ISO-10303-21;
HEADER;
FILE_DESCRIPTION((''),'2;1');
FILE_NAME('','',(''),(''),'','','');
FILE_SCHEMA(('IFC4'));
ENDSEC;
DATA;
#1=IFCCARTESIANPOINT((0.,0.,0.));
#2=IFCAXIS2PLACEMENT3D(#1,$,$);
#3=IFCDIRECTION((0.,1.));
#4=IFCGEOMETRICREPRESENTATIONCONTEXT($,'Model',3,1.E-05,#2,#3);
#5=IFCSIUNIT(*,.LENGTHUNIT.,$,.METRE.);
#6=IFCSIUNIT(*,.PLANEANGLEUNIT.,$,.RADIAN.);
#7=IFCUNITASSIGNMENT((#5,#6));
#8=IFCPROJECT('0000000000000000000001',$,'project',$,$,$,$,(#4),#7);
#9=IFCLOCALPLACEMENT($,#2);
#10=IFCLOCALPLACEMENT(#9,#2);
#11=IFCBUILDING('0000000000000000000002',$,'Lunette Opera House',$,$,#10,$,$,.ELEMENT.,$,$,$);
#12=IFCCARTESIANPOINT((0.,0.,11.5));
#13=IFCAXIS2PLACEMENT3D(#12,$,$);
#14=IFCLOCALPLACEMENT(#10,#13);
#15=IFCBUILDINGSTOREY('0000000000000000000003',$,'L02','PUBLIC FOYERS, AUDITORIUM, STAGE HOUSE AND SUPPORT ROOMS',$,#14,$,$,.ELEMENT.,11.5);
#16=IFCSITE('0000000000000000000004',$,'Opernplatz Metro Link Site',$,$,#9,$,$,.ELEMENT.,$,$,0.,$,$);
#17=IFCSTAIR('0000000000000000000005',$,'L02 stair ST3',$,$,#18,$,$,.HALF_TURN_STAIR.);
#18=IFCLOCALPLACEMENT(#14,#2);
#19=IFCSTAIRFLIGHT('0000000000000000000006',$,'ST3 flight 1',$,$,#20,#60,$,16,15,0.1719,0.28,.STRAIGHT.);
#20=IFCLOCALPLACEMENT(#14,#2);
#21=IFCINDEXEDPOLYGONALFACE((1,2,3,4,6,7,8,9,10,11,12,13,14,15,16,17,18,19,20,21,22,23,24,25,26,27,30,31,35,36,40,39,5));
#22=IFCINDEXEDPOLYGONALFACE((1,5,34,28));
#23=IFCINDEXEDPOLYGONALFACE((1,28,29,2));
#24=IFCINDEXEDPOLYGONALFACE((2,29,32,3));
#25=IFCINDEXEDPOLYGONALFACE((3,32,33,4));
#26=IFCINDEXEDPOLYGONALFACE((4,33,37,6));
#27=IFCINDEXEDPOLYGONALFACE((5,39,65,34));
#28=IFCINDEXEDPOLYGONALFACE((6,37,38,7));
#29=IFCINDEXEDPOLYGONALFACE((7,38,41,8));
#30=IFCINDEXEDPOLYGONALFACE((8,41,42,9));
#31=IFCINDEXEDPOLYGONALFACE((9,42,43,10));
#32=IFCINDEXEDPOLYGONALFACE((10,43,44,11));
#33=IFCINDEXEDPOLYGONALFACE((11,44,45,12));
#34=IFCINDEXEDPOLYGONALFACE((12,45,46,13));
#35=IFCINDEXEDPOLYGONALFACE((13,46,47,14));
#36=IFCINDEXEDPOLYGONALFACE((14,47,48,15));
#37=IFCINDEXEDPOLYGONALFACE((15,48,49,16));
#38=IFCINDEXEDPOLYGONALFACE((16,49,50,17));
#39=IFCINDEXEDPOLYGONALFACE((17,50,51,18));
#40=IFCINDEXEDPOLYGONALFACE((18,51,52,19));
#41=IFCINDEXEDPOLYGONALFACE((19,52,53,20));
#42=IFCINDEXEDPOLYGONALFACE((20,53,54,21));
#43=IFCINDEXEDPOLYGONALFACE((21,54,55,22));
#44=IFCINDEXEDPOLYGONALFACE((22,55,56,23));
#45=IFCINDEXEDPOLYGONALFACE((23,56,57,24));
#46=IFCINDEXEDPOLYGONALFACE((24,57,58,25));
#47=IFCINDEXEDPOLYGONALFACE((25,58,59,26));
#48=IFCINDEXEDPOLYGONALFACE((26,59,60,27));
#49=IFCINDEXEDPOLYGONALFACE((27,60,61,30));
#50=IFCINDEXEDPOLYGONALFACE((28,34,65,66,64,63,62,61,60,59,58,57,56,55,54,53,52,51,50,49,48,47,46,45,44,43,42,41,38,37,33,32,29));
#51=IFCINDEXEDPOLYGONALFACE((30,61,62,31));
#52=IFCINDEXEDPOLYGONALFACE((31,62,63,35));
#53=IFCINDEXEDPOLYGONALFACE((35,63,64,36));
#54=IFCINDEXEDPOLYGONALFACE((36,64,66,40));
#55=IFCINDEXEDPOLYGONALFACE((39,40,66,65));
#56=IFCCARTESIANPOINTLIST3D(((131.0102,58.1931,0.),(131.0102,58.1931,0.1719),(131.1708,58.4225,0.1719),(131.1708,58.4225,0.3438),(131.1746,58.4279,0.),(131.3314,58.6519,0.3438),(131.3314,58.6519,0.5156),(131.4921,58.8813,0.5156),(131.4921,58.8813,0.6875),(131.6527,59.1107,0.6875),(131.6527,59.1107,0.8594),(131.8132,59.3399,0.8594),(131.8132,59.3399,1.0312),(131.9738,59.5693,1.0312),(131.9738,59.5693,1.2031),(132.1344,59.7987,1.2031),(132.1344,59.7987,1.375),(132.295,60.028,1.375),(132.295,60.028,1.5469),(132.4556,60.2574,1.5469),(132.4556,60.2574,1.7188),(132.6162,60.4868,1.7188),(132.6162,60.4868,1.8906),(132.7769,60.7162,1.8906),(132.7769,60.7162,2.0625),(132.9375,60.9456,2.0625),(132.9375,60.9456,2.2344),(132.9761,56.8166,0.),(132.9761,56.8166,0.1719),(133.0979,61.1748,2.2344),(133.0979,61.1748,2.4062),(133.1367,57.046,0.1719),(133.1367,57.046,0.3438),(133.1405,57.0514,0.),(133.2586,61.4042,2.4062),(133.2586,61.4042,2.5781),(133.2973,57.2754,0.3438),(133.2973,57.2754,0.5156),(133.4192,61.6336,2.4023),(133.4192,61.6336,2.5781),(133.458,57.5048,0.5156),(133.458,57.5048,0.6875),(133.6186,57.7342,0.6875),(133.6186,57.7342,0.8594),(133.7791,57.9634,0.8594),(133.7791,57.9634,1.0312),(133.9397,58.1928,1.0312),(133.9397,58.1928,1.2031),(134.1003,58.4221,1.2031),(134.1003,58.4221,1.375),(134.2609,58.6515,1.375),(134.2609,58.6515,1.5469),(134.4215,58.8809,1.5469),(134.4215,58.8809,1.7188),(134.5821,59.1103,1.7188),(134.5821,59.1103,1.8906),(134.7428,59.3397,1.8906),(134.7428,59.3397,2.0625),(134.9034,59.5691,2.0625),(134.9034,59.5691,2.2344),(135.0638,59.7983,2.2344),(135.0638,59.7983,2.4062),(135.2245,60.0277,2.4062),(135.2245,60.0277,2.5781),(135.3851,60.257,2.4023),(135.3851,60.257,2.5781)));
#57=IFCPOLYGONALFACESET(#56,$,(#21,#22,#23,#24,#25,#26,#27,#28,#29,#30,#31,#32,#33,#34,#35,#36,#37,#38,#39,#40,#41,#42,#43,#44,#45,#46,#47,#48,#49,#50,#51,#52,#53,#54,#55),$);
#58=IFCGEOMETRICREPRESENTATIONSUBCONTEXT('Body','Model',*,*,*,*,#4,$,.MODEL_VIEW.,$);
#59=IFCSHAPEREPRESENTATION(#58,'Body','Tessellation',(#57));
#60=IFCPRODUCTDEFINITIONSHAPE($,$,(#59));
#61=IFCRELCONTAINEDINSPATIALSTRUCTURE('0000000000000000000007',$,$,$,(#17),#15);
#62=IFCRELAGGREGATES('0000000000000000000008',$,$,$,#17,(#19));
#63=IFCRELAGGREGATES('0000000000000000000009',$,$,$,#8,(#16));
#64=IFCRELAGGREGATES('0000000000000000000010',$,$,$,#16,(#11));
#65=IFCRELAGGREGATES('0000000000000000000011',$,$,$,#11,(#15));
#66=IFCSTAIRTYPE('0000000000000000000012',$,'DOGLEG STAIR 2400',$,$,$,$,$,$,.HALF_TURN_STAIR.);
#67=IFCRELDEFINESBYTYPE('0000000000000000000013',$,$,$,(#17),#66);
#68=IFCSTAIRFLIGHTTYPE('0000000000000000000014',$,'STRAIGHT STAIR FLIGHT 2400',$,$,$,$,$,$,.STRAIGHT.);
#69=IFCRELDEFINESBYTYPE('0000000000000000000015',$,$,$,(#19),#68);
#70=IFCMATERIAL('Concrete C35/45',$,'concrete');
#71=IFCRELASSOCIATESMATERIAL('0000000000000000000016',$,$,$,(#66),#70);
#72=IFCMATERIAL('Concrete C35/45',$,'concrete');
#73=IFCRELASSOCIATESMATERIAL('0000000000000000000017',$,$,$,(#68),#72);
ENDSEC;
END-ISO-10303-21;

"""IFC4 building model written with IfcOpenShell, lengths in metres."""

from ifc_helpers import new_model, si_unit, direction, frame, origin, place, context, subcontext, project, spatial, polyline, outline, extrude, material, type_object, element, aggregate, save


model = new_model("IFC4")

# Units and contexts
model_context = context("Model", 3, precision=1e-05, world=origin(), true_north=direction((0.0, 1.0)))
body_context = subcontext(model_context, "Body", "Model", "MODEL_VIEW")
ifc_project = project(units=[si_unit("LENGTHUNIT", "METRE"), si_unit("PLANEANGLEUNIT", "RADIAN")], contexts=[model_context])

# Site, building, storey
site_placement = place(None, origin())
site = spatial("IfcSite", under=ifc_project, at=site_placement, Name="Opernplatz Metro Link Site", CompositionType="ELEMENT", RefElevation=0.0)
building_placement = place(site_placement, origin())
building = spatial("IfcBuilding", under=site, at=building_placement, Name="Lunette Opera House", CompositionType="ELEMENT")
storey_placement = place(building_placement, frame((0.0, 0.0, 11.5)))
storey = spatial("IfcBuildingStorey", under=building, at=storey_placement, Name="L02", Description="PUBLIC FOYERS, AUDITORIUM, STAGE HOUSE AND SUPPORT ROOMS", CompositionType="ELEMENT", Elevation=11.5)

# Stair, stair flight
ifc_material_1 = material(Name="Concrete C35/45", Category="concrete")
stair_type = type_object("IfcStairType", Name="DOGLEG STAIR 2400", PredefinedType="HALF_TURN_STAIR", material=ifc_material_1)
stair_placement = place(storey_placement, origin())
stair = element("IfcStair", 1, at=stair_placement, inside=storey, type_object=stair_type, Name="L02 stair ST3", PredefinedType="HALF_TURN_STAIR")
ifc_material_2 = material(Name="Concrete C35/45", Category="concrete")
stair_flight_type = type_object("IfcStairFlightType", Name="STRAIGHT STAIR FLIGHT 2400", PredefinedType="STRAIGHT", material=ifc_material_2)
stair_flight_placement = place(storey_placement, frame((131.9932, 57.5049, 0.0), z_axis=(0.0, 0.0, 1.0), x_axis=(0.57357, 0.819157, 0.0)))
stair_flight = element("IfcStairFlight", 2, at=stair_flight_placement, type_object=stair_flight_type, Name="ST3 flight 1", NumberOfRisers=16, NumberOfTreads=15, PredefinedType="STRAIGHT", RiserHeight=0.1719, TreadLength=0.28, context=body_context, shape_type="SweptSolid", body=[
    extrude(outline(polyline([(0.0, 0.0), (0.0, 0.1719), (0.28, 0.1719), (0.28, 0.3438), (0.5601, 0.3438), (0.5601, 0.5156), (0.8401, 0.5156), (0.8401, 0.6875), (1.1201, 0.6875), (1.1201, 0.8594), (1.3999, 0.8594), (1.3999, 1.0312), (1.6799, 1.0312), (1.6799, 1.2031), (1.96, 1.2031), (1.96, 1.375), (2.24, 1.375), (2.24, 1.5469), (2.52, 1.5469), (2.52, 1.7188), (2.8, 1.7188), (2.8, 1.8906), (3.0801, 1.8906), (3.0801, 2.0625), (3.3601, 2.0625), (3.3601, 2.2344), (3.6399, 2.2344), (3.6399, 2.4062), (3.9199, 2.4062), (3.9199, 2.5781), (4.2, 2.5781), (4.2, 2.75), (4.2, 2.4023), (0.2866, 0.0), (0.0, 0.0)])), frame((0.0, 1.2, 0.0), z_axis=(0.0, -1.0, 0.0), x_axis=(1.0, 0.0, 0.0)), (0.0, 0.0, 1.0), 2.3999),
])
aggregate(stair, [stair_flight])

save(model, "model.ifc")
